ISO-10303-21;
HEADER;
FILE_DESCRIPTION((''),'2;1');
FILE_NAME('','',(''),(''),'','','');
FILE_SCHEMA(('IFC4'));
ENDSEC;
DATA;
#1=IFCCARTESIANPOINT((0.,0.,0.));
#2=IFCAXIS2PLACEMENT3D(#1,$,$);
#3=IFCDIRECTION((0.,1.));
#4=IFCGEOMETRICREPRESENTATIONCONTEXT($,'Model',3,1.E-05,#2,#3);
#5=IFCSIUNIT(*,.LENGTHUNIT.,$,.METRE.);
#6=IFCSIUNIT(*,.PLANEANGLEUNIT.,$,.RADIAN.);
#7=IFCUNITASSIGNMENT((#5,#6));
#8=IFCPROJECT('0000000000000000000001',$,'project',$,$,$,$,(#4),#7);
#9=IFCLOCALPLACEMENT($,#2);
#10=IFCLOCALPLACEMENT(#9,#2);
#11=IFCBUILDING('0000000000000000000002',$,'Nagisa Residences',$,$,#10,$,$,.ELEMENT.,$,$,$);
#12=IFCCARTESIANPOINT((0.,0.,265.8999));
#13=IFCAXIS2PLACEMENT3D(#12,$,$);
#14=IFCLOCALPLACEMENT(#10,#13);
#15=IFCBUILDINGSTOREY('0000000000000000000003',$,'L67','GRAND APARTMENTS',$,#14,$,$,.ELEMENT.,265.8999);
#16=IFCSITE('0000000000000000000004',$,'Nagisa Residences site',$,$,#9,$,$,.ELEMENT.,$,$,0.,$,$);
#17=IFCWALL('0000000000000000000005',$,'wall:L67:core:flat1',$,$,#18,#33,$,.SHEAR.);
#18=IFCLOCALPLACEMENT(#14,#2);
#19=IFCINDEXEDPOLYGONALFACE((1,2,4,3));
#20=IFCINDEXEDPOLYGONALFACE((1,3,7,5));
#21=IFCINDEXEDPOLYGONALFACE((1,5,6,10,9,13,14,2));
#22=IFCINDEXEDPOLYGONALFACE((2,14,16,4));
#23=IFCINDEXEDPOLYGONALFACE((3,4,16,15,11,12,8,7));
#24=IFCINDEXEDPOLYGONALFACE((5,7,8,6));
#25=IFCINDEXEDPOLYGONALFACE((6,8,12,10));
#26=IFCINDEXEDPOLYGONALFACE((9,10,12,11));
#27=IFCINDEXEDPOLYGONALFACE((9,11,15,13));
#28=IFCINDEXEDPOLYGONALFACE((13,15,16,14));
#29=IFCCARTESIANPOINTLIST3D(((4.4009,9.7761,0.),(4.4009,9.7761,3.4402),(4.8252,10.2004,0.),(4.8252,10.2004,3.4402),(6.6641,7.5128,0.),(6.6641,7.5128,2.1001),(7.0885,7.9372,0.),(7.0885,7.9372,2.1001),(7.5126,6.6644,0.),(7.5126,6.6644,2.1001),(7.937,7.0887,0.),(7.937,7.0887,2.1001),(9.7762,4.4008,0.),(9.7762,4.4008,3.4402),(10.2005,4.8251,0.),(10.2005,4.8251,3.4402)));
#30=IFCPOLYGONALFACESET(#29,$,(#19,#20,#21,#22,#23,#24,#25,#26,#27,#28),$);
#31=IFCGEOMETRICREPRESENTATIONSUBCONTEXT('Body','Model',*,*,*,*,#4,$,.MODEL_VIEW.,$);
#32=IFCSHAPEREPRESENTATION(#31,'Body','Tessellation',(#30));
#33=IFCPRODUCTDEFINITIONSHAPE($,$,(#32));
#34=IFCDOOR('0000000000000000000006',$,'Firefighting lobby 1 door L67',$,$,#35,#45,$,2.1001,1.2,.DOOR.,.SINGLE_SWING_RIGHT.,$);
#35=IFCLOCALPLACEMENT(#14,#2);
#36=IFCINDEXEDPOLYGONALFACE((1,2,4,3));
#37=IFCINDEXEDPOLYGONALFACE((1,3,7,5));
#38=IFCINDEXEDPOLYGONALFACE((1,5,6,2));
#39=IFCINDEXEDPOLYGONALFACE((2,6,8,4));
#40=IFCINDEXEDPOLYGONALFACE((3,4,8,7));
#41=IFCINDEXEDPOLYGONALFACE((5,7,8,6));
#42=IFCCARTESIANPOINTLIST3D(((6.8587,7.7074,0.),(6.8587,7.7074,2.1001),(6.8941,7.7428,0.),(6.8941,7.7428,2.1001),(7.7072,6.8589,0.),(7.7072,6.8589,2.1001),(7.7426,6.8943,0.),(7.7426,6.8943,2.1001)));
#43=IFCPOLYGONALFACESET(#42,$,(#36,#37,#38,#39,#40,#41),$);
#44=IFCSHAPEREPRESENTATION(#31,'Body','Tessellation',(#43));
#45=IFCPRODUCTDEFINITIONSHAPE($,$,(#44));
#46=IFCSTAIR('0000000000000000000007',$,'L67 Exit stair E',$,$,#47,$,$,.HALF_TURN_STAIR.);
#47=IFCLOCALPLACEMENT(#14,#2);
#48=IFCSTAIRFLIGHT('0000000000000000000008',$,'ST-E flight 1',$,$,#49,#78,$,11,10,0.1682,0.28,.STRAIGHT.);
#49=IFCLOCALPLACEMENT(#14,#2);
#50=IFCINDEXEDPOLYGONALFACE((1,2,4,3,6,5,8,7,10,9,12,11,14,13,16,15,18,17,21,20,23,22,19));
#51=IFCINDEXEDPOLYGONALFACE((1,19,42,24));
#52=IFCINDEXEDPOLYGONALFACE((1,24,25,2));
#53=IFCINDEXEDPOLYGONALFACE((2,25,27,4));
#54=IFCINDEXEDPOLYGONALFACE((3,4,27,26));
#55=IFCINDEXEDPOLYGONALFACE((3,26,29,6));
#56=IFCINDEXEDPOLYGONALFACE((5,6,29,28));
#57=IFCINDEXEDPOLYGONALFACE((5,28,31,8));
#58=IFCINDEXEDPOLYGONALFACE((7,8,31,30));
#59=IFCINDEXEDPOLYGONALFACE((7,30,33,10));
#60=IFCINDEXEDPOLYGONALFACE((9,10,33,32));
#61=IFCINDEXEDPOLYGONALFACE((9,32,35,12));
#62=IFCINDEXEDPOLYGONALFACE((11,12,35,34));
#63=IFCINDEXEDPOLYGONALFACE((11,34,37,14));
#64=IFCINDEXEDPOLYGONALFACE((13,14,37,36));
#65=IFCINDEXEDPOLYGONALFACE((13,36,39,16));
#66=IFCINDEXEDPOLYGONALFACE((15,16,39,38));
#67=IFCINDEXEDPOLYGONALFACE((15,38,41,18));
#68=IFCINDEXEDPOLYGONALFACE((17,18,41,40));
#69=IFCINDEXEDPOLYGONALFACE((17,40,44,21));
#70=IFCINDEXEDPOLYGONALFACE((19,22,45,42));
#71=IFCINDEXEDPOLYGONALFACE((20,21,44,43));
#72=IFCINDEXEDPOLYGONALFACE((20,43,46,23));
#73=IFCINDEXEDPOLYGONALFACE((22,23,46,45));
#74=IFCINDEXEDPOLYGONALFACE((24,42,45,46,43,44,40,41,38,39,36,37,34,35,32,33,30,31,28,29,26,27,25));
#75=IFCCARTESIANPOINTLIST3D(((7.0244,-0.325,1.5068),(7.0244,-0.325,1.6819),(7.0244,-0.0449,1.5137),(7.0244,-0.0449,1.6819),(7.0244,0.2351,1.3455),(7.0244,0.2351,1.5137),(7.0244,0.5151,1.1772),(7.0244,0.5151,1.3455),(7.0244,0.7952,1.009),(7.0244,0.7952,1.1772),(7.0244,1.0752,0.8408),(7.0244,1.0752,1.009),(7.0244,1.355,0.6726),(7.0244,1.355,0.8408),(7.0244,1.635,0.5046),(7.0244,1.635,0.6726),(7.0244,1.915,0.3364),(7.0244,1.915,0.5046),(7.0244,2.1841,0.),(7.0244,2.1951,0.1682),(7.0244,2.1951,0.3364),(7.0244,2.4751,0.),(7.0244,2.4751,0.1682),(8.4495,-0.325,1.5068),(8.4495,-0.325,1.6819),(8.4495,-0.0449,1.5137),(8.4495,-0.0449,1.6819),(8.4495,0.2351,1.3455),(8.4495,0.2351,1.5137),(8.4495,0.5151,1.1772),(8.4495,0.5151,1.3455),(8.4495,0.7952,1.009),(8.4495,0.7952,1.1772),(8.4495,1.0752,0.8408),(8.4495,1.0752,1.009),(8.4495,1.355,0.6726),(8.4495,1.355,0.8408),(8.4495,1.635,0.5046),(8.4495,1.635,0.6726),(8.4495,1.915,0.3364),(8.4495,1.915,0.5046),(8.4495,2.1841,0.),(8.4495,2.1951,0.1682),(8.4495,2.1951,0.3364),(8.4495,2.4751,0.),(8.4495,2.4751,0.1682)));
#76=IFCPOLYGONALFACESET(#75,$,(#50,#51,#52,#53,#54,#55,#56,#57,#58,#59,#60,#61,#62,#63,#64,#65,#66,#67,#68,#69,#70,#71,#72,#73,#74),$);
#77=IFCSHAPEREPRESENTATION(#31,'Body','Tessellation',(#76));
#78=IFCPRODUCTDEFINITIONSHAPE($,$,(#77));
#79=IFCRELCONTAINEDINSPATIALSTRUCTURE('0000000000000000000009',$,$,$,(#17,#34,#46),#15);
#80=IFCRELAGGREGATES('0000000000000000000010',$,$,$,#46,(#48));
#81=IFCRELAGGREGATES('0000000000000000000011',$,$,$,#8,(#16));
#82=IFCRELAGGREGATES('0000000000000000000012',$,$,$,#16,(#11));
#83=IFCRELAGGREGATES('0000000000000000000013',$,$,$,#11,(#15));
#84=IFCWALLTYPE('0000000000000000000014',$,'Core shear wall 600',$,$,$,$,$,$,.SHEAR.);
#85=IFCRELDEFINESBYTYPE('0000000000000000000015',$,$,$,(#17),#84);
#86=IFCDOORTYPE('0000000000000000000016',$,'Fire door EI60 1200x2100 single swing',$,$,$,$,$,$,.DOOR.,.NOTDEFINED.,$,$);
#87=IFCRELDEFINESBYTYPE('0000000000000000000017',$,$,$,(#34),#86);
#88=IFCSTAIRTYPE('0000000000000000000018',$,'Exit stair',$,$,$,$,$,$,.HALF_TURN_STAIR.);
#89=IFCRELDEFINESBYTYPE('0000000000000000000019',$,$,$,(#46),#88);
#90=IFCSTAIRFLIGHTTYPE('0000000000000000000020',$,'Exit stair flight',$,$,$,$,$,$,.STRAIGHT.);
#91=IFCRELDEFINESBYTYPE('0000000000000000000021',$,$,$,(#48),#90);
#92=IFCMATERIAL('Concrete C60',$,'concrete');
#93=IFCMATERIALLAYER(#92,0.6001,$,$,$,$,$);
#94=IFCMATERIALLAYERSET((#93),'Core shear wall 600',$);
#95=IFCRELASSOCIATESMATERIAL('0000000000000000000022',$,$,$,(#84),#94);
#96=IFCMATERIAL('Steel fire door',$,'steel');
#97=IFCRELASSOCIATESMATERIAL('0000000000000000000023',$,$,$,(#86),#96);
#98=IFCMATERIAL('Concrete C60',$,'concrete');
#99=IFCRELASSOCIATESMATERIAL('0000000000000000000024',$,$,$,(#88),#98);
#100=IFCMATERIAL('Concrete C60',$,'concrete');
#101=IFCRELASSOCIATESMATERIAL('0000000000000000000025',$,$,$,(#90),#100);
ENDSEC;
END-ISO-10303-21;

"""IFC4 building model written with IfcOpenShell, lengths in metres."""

from ifc_helpers import new_model, si_unit, direction, frame, frame_2d, origin, place, context, subcontext, project, spatial, polyline, rectangle, outline, extrude, material, layer, layer_set, type_object, element, fill, aggregate, save


model = new_model("IFC4")

# Units and contexts
model_context = context("Model", 3, precision=1e-05, world=origin(), true_north=direction((0.0, 1.0)))
body_context = subcontext(model_context, "Body", "Model", "MODEL_VIEW")
ifc_project = project(units=[si_unit("LENGTHUNIT", "METRE"), si_unit("PLANEANGLEUNIT", "RADIAN")], contexts=[model_context])

# Site, building, storey
site_placement = place(None, origin())
site = spatial("IfcSite", under=ifc_project, at=site_placement, Name="Nagisa Residences site", CompositionType="ELEMENT", RefElevation=0.0)
building_placement = place(site_placement, origin())
building = spatial("IfcBuilding", under=site, at=building_placement, Name="Nagisa Residences", CompositionType="ELEMENT")
storey_placement = place(building_placement, frame((0.0, 0.0, 265.8999)))
storey = spatial("IfcBuildingStorey", under=building, at=storey_placement, Name="L67", Description="GRAND APARTMENTS", CompositionType="ELEMENT", Elevation=265.8999)

# Wall, opening, door
ifc_material_1 = material(Name="Concrete C60", Category="concrete")
ifc_layer_1 = layer(ifc_material_1, 0.6001)
ifc_layer_set_1 = layer_set([ifc_layer_1], Name="Core shear wall 600")
wall_type_1 = type_object("IfcWallType", Name="Core shear wall 600", PredefinedType="SHEAR", material=ifc_layer_set_1)
wall_1_placement = place(storey_placement, frame((9.9883, 4.613, 0.0), z_axis=(0.0, 0.0, 1.0), x_axis=(-0.707107, 0.707107, 0.0)))
wall_1 = element("IfcWall", 1, at=wall_1_placement, inside=storey, type_object=wall_type_1, Name="wall:L67:core:flat1", PredefinedType="SHEAR", context=body_context, shape_type="SweptSolid", body=[
    extrude(rectangle(XDim=7.6018, YDim=0.6001, at=frame_2d((3.8008, 0.0))), origin(), (0.0, 0.0, 1.0), 3.4402),
])
opening_1_placement = place(wall_1_placement, frame((3.2009, 0.0, 0.0)))
opening_1 = element("IfcOpeningElement", 2, at=opening_1_placement, cuts=wall_1, PredefinedType="OPENING", context=body_context, shape_type="SweptSolid", body=[
    extrude(rectangle(XDim=1.2, YDim=2.1001, at=frame_2d((0.6001, 1.05))), frame((0.0, 0.3101, 0.0), z_axis=(0.0, -1.0, 0.0), x_axis=(1.0, 0.0, 0.0)), (0.0, 0.0, 1.0), 0.6201),
])
ifc_material_2 = material(Name="Steel fire door", Category="steel")
door_type_1 = type_object("IfcDoorType", Name="Fire door EI60 1200x2100 single swing", OperationType="NOTDEFINED", PredefinedType="DOOR", material=ifc_material_2)
door_1_placement = place(opening_1_placement, origin())
door_1 = element("IfcDoor", 3, at=door_1_placement, inside=storey, type_object=door_type_1, Name="Firefighting lobby 1 door L67", OperationType="SINGLE_SWING_RIGHT", OverallHeight=2.1001, OverallWidth=1.2, PredefinedType="DOOR", context=body_context, shape_type="SweptSolid", body=[
    extrude(rectangle(XDim=1.2, YDim=2.1001, at=frame_2d((0.6001, 1.05))), frame((0.0, 0.0249, 0.0), z_axis=(0.0, -1.0, 0.0), x_axis=(1.0, 0.0, 0.0)), (0.0, 0.0, 1.0), 0.05),
])
fill(opening_1, door_1)

# Stair, stair flight
ifc_material_3 = material(Name="Concrete C60", Category="concrete")
stair_type = type_object("IfcStairType", Name="Exit stair", PredefinedType="HALF_TURN_STAIR", material=ifc_material_3)
stair_placement = place(storey_placement, origin())
stair = element("IfcStair", 4, at=stair_placement, inside=storey, type_object=stair_type, Name="L67 Exit stair E", PredefinedType="HALF_TURN_STAIR")
ifc_material_4 = material(Name="Concrete C60", Category="concrete")
stair_flight_type = type_object("IfcStairFlightType", Name="Exit stair flight", PredefinedType="STRAIGHT", material=ifc_material_4)
stair_flight_placement = place(storey_placement, frame((7.7371, 2.4751, 0.0), z_axis=(0.0, 0.0, 1.0), x_axis=(0.0, -1.0, 0.0)))
stair_flight = element("IfcStairFlight", 5, at=stair_flight_placement, type_object=stair_flight_type, Name="ST-E flight 1", NumberOfRisers=11, NumberOfTreads=10, PredefinedType="STRAIGHT", RiserHeight=0.1682, TreadLength=0.28, context=body_context, shape_type="SweptSolid", body=[
    extrude(outline(polyline([(0.0, 0.0), (0.0, 0.1682), (0.28, 0.1682), (0.28, 0.3364), (0.5601, 0.3364), (0.5601, 0.5046), (0.8401, 0.5046), (0.8401, 0.6726), (1.1201, 0.6726), (1.1201, 0.8408), (1.3999, 0.8408), (1.3999, 1.009), (1.6799, 1.009), (1.6799, 1.1772), (1.96, 1.1772), (1.96, 1.3455), (2.24, 1.3455), (2.24, 1.5137), (2.52, 1.5137), (2.52, 1.6819), (2.8, 1.6819), (2.8, 1.8501), (2.8, 1.5068), (0.291, 0.0), (0.0, 0.0)])), frame((0.0, 0.7124, 0.0), z_axis=(0.0, -1.0, 0.0), x_axis=(1.0, 0.0, 0.0)), (0.0, 0.0, 1.0), 1.425),
])
aggregate(stair, [stair_flight])

save(model, "model.ifc")
